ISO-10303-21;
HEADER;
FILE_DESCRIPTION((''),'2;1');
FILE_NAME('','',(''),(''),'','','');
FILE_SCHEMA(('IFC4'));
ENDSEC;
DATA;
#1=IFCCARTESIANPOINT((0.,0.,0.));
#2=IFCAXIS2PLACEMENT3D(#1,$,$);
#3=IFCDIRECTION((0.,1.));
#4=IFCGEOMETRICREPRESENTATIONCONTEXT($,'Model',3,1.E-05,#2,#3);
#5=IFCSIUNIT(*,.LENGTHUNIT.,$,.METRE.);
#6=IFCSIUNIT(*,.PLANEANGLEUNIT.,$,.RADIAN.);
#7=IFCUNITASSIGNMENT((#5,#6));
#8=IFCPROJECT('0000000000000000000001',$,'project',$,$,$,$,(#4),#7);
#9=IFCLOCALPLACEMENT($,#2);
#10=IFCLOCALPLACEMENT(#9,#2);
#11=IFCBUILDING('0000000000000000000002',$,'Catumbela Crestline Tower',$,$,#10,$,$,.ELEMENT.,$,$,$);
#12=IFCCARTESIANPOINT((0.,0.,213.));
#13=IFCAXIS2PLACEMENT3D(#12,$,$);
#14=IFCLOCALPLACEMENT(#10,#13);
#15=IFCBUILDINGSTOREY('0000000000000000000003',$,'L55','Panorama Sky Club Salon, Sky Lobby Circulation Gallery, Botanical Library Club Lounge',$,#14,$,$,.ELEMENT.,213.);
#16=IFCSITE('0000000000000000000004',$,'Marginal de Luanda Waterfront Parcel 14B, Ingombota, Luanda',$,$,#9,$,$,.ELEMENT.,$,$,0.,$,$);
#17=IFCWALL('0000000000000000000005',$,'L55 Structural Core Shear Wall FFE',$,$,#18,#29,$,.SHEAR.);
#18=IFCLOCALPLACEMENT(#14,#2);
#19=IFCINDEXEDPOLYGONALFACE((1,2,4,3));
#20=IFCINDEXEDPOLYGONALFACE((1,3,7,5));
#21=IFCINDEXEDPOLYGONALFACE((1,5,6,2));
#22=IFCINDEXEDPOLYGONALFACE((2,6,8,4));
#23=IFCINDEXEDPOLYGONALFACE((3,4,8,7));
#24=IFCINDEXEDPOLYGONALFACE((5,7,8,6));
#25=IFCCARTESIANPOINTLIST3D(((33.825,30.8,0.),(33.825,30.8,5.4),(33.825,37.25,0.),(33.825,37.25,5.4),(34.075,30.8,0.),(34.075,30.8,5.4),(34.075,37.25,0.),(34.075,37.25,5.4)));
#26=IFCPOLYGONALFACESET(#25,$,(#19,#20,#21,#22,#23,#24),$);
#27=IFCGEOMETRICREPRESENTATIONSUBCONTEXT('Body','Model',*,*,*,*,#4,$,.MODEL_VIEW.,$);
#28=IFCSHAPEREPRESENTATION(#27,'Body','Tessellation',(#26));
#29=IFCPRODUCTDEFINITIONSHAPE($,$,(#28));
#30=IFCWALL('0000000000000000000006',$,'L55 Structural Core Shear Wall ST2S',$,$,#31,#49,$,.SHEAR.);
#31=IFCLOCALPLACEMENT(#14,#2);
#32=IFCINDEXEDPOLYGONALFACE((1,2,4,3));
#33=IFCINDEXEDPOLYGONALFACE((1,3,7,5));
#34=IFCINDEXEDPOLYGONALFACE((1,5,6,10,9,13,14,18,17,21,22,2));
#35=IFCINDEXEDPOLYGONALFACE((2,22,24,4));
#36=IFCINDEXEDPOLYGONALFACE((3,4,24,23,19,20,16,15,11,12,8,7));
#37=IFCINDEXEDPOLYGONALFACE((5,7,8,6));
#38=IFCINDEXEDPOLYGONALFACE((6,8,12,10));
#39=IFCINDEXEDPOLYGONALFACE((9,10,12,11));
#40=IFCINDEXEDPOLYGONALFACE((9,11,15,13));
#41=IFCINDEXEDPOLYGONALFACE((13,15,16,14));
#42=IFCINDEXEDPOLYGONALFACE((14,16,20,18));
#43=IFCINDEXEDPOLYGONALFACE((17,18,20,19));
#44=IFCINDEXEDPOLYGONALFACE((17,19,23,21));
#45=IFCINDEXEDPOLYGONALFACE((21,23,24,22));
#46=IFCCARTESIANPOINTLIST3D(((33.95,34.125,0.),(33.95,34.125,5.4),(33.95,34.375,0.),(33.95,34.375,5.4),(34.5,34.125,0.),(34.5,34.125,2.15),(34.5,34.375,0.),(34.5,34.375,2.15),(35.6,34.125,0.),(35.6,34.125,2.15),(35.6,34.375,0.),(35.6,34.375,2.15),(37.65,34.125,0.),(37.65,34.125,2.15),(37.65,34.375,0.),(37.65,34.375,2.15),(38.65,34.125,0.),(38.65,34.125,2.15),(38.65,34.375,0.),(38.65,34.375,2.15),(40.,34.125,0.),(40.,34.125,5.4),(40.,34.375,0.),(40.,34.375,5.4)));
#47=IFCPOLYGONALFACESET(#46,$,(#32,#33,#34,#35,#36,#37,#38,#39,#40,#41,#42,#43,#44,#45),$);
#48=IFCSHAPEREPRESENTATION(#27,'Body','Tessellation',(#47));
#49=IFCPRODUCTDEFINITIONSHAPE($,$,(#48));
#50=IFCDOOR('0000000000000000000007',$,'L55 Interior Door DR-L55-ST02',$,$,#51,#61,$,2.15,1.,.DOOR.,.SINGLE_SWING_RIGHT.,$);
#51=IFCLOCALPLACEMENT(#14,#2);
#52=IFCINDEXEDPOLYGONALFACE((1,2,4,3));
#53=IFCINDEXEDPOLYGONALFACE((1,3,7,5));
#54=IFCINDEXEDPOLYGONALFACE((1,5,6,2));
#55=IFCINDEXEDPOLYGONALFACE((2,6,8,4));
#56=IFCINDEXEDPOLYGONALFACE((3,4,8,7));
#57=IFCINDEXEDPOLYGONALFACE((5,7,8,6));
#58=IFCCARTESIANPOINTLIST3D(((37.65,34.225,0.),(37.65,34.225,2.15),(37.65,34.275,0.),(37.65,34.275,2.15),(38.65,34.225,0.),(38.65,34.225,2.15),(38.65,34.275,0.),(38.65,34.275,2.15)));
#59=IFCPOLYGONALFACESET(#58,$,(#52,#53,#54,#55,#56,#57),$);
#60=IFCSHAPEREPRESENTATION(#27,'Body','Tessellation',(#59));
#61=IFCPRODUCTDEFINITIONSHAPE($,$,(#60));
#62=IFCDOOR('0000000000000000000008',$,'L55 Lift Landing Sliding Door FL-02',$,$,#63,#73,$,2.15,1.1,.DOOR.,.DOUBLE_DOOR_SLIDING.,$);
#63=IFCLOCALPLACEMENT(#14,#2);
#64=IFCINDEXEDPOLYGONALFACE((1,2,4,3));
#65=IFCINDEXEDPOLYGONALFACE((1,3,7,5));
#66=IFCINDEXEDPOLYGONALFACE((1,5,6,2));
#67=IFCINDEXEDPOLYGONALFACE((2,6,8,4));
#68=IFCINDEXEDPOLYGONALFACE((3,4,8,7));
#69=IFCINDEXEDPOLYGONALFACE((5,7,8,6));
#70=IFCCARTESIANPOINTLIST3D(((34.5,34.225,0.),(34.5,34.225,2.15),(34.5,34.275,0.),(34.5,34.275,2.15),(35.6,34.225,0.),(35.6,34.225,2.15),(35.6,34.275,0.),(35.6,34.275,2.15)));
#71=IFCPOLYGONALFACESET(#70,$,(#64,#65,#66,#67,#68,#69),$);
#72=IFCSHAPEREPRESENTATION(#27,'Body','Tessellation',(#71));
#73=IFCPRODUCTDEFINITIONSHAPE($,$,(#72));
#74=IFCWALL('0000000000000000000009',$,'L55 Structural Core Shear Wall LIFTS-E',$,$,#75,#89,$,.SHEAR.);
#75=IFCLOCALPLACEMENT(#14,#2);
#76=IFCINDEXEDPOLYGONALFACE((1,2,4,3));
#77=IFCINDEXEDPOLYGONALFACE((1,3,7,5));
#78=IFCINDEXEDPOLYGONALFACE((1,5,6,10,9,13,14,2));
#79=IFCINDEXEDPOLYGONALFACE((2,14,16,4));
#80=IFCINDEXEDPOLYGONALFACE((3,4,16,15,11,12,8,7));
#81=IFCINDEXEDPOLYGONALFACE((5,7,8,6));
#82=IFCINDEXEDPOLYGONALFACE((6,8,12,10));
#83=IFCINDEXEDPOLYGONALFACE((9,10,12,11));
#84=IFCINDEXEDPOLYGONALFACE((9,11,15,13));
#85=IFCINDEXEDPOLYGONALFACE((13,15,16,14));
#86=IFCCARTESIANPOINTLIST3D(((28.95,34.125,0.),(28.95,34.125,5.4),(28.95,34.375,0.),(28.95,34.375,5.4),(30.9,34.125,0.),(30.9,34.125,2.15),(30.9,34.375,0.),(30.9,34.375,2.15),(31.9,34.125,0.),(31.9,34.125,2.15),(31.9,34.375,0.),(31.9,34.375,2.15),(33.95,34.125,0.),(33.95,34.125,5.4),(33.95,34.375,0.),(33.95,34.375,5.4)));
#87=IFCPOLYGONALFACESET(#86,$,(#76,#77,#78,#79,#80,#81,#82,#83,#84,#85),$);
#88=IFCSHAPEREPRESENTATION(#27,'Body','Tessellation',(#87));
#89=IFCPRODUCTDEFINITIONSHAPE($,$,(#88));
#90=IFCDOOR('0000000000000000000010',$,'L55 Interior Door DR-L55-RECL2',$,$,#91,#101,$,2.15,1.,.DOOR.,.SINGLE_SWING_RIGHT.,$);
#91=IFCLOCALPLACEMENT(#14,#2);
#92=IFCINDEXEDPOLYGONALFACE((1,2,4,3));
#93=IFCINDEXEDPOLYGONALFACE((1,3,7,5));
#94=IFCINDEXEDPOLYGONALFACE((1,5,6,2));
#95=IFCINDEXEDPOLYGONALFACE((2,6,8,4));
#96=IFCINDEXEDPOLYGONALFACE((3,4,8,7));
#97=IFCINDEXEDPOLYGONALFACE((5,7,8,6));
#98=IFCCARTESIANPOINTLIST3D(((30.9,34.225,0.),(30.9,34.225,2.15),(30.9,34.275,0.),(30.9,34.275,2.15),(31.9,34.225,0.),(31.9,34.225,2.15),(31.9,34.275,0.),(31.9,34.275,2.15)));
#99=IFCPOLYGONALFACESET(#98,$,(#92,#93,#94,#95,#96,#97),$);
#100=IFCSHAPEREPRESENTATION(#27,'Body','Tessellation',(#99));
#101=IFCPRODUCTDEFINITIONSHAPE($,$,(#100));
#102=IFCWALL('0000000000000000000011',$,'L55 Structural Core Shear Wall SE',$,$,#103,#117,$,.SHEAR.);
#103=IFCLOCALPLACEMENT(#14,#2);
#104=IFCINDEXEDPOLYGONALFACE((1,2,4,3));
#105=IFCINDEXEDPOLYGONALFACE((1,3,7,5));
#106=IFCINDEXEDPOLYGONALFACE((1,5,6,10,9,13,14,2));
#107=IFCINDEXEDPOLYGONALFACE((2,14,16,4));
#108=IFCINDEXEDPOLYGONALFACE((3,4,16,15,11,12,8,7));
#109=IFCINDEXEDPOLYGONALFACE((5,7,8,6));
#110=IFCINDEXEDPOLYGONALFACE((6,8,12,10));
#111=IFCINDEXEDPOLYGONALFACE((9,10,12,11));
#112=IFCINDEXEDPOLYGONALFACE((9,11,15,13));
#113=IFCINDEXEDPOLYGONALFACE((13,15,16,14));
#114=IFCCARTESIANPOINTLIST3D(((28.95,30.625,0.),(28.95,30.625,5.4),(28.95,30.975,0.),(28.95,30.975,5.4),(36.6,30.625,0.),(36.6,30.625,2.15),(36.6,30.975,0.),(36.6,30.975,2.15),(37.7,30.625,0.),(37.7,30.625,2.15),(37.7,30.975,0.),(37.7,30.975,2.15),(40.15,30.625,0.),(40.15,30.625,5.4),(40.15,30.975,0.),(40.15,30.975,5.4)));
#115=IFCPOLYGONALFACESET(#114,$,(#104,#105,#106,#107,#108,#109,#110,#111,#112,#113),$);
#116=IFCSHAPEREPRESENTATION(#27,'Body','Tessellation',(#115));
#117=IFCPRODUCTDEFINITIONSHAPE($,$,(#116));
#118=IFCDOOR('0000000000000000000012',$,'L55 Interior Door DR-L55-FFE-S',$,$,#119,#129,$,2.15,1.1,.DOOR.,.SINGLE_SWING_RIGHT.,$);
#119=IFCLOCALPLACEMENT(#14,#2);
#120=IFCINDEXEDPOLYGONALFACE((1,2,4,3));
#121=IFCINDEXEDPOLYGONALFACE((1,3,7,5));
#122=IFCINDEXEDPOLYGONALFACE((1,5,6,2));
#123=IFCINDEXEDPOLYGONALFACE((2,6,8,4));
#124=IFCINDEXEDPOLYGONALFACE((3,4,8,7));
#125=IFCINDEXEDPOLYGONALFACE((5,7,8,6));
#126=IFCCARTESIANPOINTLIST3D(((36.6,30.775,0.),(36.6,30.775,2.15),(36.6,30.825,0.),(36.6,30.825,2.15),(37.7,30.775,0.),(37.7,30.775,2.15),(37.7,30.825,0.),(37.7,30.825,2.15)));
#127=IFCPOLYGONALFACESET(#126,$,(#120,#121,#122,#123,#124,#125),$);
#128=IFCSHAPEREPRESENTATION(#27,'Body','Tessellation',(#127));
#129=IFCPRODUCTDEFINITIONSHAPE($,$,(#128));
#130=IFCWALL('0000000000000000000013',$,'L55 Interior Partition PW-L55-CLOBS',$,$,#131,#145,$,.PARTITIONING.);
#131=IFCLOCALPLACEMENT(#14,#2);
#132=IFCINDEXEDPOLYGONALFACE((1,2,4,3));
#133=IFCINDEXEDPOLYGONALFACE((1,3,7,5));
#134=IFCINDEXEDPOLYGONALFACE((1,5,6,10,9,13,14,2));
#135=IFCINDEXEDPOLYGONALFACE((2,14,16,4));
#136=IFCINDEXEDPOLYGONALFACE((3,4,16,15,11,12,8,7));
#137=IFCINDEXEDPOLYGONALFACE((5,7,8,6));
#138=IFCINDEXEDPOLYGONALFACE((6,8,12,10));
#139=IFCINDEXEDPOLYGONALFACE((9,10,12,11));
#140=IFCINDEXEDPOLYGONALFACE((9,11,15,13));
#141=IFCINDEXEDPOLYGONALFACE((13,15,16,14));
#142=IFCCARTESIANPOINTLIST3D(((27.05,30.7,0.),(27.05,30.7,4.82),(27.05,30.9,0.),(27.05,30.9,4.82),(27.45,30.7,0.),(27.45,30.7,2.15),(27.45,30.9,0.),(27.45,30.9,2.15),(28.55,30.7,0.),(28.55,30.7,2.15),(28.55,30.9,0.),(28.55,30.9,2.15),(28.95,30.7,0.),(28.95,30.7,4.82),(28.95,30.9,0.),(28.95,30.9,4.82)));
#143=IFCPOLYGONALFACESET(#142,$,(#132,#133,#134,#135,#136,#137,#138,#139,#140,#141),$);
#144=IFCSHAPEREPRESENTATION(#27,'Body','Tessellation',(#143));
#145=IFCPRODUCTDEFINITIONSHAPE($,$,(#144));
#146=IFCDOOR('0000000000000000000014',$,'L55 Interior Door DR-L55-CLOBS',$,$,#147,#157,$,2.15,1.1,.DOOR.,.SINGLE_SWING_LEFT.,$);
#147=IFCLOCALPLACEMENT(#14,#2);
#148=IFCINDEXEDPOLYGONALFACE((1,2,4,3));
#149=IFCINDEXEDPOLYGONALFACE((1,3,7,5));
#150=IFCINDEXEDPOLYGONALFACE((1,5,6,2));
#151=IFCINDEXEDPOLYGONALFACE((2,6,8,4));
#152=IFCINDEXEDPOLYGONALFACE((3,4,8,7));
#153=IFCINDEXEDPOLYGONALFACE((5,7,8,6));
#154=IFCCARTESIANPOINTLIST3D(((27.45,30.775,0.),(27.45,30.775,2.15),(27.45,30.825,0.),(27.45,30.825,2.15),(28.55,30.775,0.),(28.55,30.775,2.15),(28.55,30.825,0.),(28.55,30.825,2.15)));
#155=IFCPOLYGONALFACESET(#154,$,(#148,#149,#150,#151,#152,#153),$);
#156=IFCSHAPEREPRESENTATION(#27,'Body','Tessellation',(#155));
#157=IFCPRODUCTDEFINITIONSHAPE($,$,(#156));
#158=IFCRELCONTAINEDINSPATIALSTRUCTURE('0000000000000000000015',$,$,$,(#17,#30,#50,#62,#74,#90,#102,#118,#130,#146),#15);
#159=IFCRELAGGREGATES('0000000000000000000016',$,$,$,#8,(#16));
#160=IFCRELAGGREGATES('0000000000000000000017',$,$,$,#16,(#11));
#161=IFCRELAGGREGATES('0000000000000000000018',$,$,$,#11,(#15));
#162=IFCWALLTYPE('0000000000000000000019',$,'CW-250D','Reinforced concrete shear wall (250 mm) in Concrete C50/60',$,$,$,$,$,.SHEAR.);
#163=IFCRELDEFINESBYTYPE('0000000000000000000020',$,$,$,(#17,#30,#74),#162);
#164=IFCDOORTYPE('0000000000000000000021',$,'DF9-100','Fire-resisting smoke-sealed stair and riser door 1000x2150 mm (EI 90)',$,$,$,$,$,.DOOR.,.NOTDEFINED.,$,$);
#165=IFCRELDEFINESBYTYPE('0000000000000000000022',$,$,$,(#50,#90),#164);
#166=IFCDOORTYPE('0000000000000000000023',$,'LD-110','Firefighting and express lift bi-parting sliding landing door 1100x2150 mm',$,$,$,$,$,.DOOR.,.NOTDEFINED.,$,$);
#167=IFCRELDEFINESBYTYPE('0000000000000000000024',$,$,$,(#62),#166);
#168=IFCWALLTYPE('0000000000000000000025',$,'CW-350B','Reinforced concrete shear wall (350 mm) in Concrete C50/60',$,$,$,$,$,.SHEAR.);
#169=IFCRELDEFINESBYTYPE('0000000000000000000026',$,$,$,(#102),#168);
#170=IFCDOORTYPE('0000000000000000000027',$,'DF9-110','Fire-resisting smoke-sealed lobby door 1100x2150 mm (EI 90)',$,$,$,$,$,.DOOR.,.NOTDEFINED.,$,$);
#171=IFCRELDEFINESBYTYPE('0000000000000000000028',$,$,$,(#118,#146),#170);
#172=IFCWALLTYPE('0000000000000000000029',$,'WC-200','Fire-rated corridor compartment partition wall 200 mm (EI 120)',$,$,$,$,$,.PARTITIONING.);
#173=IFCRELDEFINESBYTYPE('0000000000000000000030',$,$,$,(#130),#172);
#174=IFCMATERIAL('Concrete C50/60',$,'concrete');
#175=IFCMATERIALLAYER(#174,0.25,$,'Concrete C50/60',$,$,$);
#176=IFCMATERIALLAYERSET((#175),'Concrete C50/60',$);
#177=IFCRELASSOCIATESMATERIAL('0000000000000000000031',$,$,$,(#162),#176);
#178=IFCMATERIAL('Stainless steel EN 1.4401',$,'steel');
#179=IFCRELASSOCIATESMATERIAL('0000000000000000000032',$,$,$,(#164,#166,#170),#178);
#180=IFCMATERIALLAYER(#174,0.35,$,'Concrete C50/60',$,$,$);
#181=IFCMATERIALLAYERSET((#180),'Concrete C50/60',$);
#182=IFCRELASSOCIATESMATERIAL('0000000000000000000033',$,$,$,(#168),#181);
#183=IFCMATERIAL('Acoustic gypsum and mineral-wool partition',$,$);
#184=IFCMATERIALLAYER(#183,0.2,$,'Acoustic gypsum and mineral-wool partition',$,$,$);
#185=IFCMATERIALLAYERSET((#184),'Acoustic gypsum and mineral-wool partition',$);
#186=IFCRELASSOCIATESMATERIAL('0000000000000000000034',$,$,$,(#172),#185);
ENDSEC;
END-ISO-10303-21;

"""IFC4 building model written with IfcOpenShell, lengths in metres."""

from ifc_helpers import new_model, si_unit, direction, frame, frame_2d, origin, place, context, subcontext, project, spatial, rectangle, extrude, material, layer, layer_set, type_object, element, fill, save


model = new_model("IFC4")

# Units and contexts
model_context = context("Model", 3, precision=1e-05, world=origin(), true_north=direction((0.0, 1.0)))
body_context = subcontext(model_context, "Body", "Model", "MODEL_VIEW")
ifc_project = project(units=[si_unit("LENGTHUNIT", "METRE"), si_unit("PLANEANGLEUNIT", "RADIAN")], contexts=[model_context])

# Site, building, storey
site_placement = place(None, origin())
site = spatial("IfcSite", under=ifc_project, at=site_placement, Name="Marginal de Luanda Waterfront Parcel 14B, Ingombota, Luanda", CompositionType="ELEMENT", RefElevation=0.0)
building_placement = place(site_placement, origin())
building = spatial("IfcBuilding", under=site, at=building_placement, Name="Catumbela Crestline Tower", CompositionType="ELEMENT")
storey_placement = place(building_placement, frame((0.0, 0.0, 213.0)))
storey = spatial("IfcBuildingStorey", under=building, at=storey_placement, Name="L55", Description="Panorama Sky Club Salon, Sky Lobby Circulation Gallery, Botanical Library Club Lounge", CompositionType="ELEMENT", Elevation=213.0)

# Wall
ifc_material_1 = material(Name="Concrete C50/60", Category="concrete")
ifc_layer_1 = layer(ifc_material_1, 0.25, Name="Concrete C50/60")
ifc_layer_set_1 = layer_set([ifc_layer_1], Name="Concrete C50/60")
wall_type_1 = type_object("IfcWallType", Name="CW-250D", Description="Reinforced concrete shear wall (250 mm) in Concrete C50/60", PredefinedType="SHEAR", material=ifc_layer_set_1)
wall_1_placement = place(storey_placement, frame((33.95, 30.8, 0.0), z_axis=(0.0, 0.0, 1.0), x_axis=(0.0, 1.0, 0.0)))
element("IfcWall", 1, at=wall_1_placement, inside=storey, type_object=wall_type_1, Name="L55 Structural Core Shear Wall FFE", PredefinedType="SHEAR", context=body_context, shape_type="SweptSolid", body=[
    extrude(rectangle(XDim=6.45, YDim=0.25, at=frame_2d((3.225, 0.0))), origin(), (0.0, 0.0, 1.0), 5.4),
])

# Wall, openings, doors
wall_2_placement = place(storey_placement, frame((33.95, 34.25, 0.0), z_axis=(0.0, 0.0, 1.0), x_axis=(1.0, 0.0, 0.0)))
wall_2 = element("IfcWall", 2, at=wall_2_placement, inside=storey, type_object=wall_type_1, Name="L55 Structural Core Shear Wall ST2S", PredefinedType="SHEAR", context=body_context, shape_type="SweptSolid", body=[
    extrude(rectangle(XDim=6.05, YDim=0.25, at=frame_2d((3.025, 0.0))), origin(), (0.0, 0.0, 1.0), 5.4),
])
opening_1_placement = place(wall_2_placement, frame((3.7, 0.0, 0.0)))
opening_1 = element("IfcOpeningElement", 3, at=opening_1_placement, cuts=wall_2, PredefinedType="OPENING", context=body_context, shape_type="SweptSolid", body=[
    extrude(rectangle(XDim=1.0, YDim=2.15, at=frame_2d((0.5, 1.075))), frame((0.0, 0.135, 0.0), z_axis=(0.0, -1.0, 0.0), x_axis=(1.0, 0.0, 0.0)), (0.0, 0.0, 1.0), 0.27),
])
opening_2_placement = place(wall_2_placement, frame((0.55, 0.0, 0.0)))
opening_2 = element("IfcOpeningElement", 4, at=opening_2_placement, cuts=wall_2, PredefinedType="OPENING", context=body_context, shape_type="SweptSolid", body=[
    extrude(rectangle(XDim=1.1, YDim=2.15, at=frame_2d((0.55, 1.075))), frame((0.0, 0.135, 0.0), z_axis=(0.0, -1.0, 0.0), x_axis=(1.0, 0.0, 0.0)), (0.0, 0.0, 1.0), 0.27),
])
ifc_material_2 = material(Name="Stainless steel EN 1.4401", Category="steel")
door_type_1 = type_object("IfcDoorType", Name="DF9-100", Description="Fire-resisting smoke-sealed stair and riser door 1000x2150 mm (EI 90)", OperationType="NOTDEFINED", PredefinedType="DOOR", material=ifc_material_2)
door_1_placement = place(opening_1_placement, origin())
door_1 = element("IfcDoor", 5, at=door_1_placement, inside=storey, type_object=door_type_1, Name="L55 Interior Door DR-L55-ST02", OperationType="SINGLE_SWING_RIGHT", OverallHeight=2.15, OverallWidth=1.0, PredefinedType="DOOR", context=body_context, shape_type="SweptSolid", body=[
    extrude(rectangle(XDim=1.0, YDim=2.15, at=frame_2d((0.5, 1.075))), frame((0.0, 0.025, 0.0), z_axis=(0.0, -1.0, 0.0), x_axis=(1.0, 0.0, 0.0)), (0.0, 0.0, 1.0), 0.05),
])
fill(opening_1, door_1)
door_type_2 = type_object("IfcDoorType", Name="LD-110", Description="Firefighting and express lift bi-parting sliding landing door 1100x2150 mm", OperationType="NOTDEFINED", PredefinedType="DOOR", material=ifc_material_2)
door_2_placement = place(opening_2_placement, origin())
door_2 = element("IfcDoor", 6, at=door_2_placement, inside=storey, type_object=door_type_2, Name="L55 Lift Landing Sliding Door FL-02", OperationType="DOUBLE_DOOR_SLIDING", OverallHeight=2.15, OverallWidth=1.1, PredefinedType="DOOR", context=body_context, shape_type="SweptSolid", body=[
    extrude(rectangle(XDim=1.1, YDim=2.15, at=frame_2d((0.55, 1.075))), frame((0.0, 0.025, 0.0), z_axis=(0.0, -1.0, 0.0), x_axis=(1.0, 0.0, 0.0)), (0.0, 0.0, 1.0), 0.05),
])
fill(opening_2, door_2)

# Walls, openings, doors
wall_3_placement = place(storey_placement, frame((28.95, 34.25, 0.0), z_axis=(0.0, 0.0, 1.0), x_axis=(1.0, 0.0, 0.0)))
wall_3 = element("IfcWall", 7, at=wall_3_placement, inside=storey, type_object=wall_type_1, Name="L55 Structural Core Shear Wall LIFTS-E", PredefinedType="SHEAR", context=body_context, shape_type="SweptSolid", body=[
    extrude(rectangle(XDim=5.0, YDim=0.25, at=frame_2d((2.5, 0.0))), origin(), (0.0, 0.0, 1.0), 5.4),
])
opening_3_placement = place(wall_3_placement, frame((1.95, 0.0, 0.0)))
opening_3 = element("IfcOpeningElement", 8, at=opening_3_placement, cuts=wall_3, PredefinedType="OPENING", context=body_context, shape_type="SweptSolid", body=[
    extrude(rectangle(XDim=1.0, YDim=2.15, at=frame_2d((0.5, 1.075))), frame((0.0, 0.135, 0.0), z_axis=(0.0, -1.0, 0.0), x_axis=(1.0, 0.0, 0.0)), (0.0, 0.0, 1.0), 0.27),
])
door_3_placement = place(opening_3_placement, origin())
door_3 = element("IfcDoor", 9, at=door_3_placement, inside=storey, type_object=door_type_1, Name="L55 Interior Door DR-L55-RECL2", OperationType="SINGLE_SWING_RIGHT", OverallHeight=2.15, OverallWidth=1.0, PredefinedType="DOOR", context=body_context, shape_type="SweptSolid", body=[
    extrude(rectangle(XDim=1.0, YDim=2.15, at=frame_2d((0.5, 1.075))), frame((0.0, 0.025, 0.0), z_axis=(0.0, -1.0, 0.0), x_axis=(1.0, 0.0, 0.0)), (0.0, 0.0, 1.0), 0.05),
])
fill(opening_3, door_3)
ifc_layer_2 = layer(ifc_material_1, 0.35, Name="Concrete C50/60")
ifc_layer_set_2 = layer_set([ifc_layer_2], Name="Concrete C50/60")
wall_type_2 = type_object("IfcWallType", Name="CW-350B", Description="Reinforced concrete shear wall (350 mm) in Concrete C50/60", PredefinedType="SHEAR", material=ifc_layer_set_2)
wall_4_placement = place(storey_placement, frame((28.95, 30.8, 0.0), z_axis=(0.0, 0.0, 1.0), x_axis=(1.0, 0.0, 0.0)))
wall_4 = element("IfcWall", 10, at=wall_4_placement, inside=storey, type_object=wall_type_2, Name="L55 Structural Core Shear Wall SE", PredefinedType="SHEAR", context=body_context, shape_type="SweptSolid", body=[
    extrude(rectangle(XDim=11.2, YDim=0.35, at=frame_2d((5.6, 0.0))), origin(), (0.0, 0.0, 1.0), 5.4),
])
opening_4_placement = place(wall_4_placement, frame((7.65, 0.0, 0.0)))
opening_4 = element("IfcOpeningElement", 11, at=opening_4_placement, cuts=wall_4, PredefinedType="OPENING", context=body_context, shape_type="SweptSolid", body=[
    extrude(rectangle(XDim=1.1, YDim=2.15, at=frame_2d((0.55, 1.075))), frame((0.0, 0.185, 0.0), z_axis=(0.0, -1.0, 0.0), x_axis=(1.0, 0.0, 0.0)), (0.0, 0.0, 1.0), 0.37),
])
door_type_3 = type_object("IfcDoorType", Name="DF9-110", Description="Fire-resisting smoke-sealed lobby door 1100x2150 mm (EI 90)", OperationType="NOTDEFINED", PredefinedType="DOOR", material=ifc_material_2)
door_4_placement = place(opening_4_placement, origin())
door_4 = element("IfcDoor", 12, at=door_4_placement, inside=storey, type_object=door_type_3, Name="L55 Interior Door DR-L55-FFE-S", OperationType="SINGLE_SWING_RIGHT", OverallHeight=2.15, OverallWidth=1.1, PredefinedType="DOOR", context=body_context, shape_type="SweptSolid", body=[
    extrude(rectangle(XDim=1.1, YDim=2.15, at=frame_2d((0.55, 1.075))), frame((0.0, 0.025, 0.0), z_axis=(0.0, -1.0, 0.0), x_axis=(1.0, 0.0, 0.0)), (0.0, 0.0, 1.0), 0.05),
])
fill(opening_4, door_4)
ifc_material_3 = material(Name="Acoustic gypsum and mineral-wool partition")
ifc_layer_3 = layer(ifc_material_3, 0.2, Name="Acoustic gypsum and mineral-wool partition")
ifc_layer_set_3 = layer_set([ifc_layer_3], Name="Acoustic gypsum and mineral-wool partition")
wall_type_3 = type_object("IfcWallType", Name="WC-200", Description="Fire-rated corridor compartment partition wall 200 mm (EI 120)", PredefinedType="PARTITIONING", material=ifc_layer_set_3)
wall_5_placement = place(storey_placement, frame((27.05, 30.8, 0.0), z_axis=(0.0, 0.0, 1.0), x_axis=(1.0, 0.0, 0.0)))
wall_5 = element("IfcWall", 13, at=wall_5_placement, inside=storey, type_object=wall_type_3, Name="L55 Interior Partition PW-L55-CLOBS", PredefinedType="PARTITIONING", context=body_context, shape_type="SweptSolid", body=[
    extrude(rectangle(XDim=1.9, YDim=0.2, at=frame_2d((0.95, 0.0))), origin(), (0.0, 0.0, 1.0), 4.82),
])
opening_5_placement = place(wall_5_placement, frame((0.4, 0.0, 0.0)))
opening_5 = element("IfcOpeningElement", 14, at=opening_5_placement, cuts=wall_5, PredefinedType="OPENING", context=body_context, shape_type="SweptSolid", body=[
    extrude(rectangle(XDim=1.1, YDim=2.15, at=frame_2d((0.55, 1.075))), frame((0.0, 0.11, 0.0), z_axis=(0.0, -1.0, 0.0), x_axis=(1.0, 0.0, 0.0)), (0.0, 0.0, 1.0), 0.22),
])
door_5_placement = place(opening_5_placement, origin())
door_5 = element("IfcDoor", 15, at=door_5_placement, inside=storey, type_object=door_type_3, Name="L55 Interior Door DR-L55-CLOBS", OperationType="SINGLE_SWING_LEFT", OverallHeight=2.15, OverallWidth=1.1, PredefinedType="DOOR", context=body_context, shape_type="SweptSolid", body=[
    extrude(rectangle(XDim=1.1, YDim=2.15, at=frame_2d((0.55, 1.075))), frame((0.0, 0.025, 0.0), z_axis=(0.0, -1.0, 0.0), x_axis=(1.0, 0.0, 0.0)), (0.0, 0.0, 1.0), 0.05),
])
fill(opening_5, door_5)

save(model, "model.ifc")
